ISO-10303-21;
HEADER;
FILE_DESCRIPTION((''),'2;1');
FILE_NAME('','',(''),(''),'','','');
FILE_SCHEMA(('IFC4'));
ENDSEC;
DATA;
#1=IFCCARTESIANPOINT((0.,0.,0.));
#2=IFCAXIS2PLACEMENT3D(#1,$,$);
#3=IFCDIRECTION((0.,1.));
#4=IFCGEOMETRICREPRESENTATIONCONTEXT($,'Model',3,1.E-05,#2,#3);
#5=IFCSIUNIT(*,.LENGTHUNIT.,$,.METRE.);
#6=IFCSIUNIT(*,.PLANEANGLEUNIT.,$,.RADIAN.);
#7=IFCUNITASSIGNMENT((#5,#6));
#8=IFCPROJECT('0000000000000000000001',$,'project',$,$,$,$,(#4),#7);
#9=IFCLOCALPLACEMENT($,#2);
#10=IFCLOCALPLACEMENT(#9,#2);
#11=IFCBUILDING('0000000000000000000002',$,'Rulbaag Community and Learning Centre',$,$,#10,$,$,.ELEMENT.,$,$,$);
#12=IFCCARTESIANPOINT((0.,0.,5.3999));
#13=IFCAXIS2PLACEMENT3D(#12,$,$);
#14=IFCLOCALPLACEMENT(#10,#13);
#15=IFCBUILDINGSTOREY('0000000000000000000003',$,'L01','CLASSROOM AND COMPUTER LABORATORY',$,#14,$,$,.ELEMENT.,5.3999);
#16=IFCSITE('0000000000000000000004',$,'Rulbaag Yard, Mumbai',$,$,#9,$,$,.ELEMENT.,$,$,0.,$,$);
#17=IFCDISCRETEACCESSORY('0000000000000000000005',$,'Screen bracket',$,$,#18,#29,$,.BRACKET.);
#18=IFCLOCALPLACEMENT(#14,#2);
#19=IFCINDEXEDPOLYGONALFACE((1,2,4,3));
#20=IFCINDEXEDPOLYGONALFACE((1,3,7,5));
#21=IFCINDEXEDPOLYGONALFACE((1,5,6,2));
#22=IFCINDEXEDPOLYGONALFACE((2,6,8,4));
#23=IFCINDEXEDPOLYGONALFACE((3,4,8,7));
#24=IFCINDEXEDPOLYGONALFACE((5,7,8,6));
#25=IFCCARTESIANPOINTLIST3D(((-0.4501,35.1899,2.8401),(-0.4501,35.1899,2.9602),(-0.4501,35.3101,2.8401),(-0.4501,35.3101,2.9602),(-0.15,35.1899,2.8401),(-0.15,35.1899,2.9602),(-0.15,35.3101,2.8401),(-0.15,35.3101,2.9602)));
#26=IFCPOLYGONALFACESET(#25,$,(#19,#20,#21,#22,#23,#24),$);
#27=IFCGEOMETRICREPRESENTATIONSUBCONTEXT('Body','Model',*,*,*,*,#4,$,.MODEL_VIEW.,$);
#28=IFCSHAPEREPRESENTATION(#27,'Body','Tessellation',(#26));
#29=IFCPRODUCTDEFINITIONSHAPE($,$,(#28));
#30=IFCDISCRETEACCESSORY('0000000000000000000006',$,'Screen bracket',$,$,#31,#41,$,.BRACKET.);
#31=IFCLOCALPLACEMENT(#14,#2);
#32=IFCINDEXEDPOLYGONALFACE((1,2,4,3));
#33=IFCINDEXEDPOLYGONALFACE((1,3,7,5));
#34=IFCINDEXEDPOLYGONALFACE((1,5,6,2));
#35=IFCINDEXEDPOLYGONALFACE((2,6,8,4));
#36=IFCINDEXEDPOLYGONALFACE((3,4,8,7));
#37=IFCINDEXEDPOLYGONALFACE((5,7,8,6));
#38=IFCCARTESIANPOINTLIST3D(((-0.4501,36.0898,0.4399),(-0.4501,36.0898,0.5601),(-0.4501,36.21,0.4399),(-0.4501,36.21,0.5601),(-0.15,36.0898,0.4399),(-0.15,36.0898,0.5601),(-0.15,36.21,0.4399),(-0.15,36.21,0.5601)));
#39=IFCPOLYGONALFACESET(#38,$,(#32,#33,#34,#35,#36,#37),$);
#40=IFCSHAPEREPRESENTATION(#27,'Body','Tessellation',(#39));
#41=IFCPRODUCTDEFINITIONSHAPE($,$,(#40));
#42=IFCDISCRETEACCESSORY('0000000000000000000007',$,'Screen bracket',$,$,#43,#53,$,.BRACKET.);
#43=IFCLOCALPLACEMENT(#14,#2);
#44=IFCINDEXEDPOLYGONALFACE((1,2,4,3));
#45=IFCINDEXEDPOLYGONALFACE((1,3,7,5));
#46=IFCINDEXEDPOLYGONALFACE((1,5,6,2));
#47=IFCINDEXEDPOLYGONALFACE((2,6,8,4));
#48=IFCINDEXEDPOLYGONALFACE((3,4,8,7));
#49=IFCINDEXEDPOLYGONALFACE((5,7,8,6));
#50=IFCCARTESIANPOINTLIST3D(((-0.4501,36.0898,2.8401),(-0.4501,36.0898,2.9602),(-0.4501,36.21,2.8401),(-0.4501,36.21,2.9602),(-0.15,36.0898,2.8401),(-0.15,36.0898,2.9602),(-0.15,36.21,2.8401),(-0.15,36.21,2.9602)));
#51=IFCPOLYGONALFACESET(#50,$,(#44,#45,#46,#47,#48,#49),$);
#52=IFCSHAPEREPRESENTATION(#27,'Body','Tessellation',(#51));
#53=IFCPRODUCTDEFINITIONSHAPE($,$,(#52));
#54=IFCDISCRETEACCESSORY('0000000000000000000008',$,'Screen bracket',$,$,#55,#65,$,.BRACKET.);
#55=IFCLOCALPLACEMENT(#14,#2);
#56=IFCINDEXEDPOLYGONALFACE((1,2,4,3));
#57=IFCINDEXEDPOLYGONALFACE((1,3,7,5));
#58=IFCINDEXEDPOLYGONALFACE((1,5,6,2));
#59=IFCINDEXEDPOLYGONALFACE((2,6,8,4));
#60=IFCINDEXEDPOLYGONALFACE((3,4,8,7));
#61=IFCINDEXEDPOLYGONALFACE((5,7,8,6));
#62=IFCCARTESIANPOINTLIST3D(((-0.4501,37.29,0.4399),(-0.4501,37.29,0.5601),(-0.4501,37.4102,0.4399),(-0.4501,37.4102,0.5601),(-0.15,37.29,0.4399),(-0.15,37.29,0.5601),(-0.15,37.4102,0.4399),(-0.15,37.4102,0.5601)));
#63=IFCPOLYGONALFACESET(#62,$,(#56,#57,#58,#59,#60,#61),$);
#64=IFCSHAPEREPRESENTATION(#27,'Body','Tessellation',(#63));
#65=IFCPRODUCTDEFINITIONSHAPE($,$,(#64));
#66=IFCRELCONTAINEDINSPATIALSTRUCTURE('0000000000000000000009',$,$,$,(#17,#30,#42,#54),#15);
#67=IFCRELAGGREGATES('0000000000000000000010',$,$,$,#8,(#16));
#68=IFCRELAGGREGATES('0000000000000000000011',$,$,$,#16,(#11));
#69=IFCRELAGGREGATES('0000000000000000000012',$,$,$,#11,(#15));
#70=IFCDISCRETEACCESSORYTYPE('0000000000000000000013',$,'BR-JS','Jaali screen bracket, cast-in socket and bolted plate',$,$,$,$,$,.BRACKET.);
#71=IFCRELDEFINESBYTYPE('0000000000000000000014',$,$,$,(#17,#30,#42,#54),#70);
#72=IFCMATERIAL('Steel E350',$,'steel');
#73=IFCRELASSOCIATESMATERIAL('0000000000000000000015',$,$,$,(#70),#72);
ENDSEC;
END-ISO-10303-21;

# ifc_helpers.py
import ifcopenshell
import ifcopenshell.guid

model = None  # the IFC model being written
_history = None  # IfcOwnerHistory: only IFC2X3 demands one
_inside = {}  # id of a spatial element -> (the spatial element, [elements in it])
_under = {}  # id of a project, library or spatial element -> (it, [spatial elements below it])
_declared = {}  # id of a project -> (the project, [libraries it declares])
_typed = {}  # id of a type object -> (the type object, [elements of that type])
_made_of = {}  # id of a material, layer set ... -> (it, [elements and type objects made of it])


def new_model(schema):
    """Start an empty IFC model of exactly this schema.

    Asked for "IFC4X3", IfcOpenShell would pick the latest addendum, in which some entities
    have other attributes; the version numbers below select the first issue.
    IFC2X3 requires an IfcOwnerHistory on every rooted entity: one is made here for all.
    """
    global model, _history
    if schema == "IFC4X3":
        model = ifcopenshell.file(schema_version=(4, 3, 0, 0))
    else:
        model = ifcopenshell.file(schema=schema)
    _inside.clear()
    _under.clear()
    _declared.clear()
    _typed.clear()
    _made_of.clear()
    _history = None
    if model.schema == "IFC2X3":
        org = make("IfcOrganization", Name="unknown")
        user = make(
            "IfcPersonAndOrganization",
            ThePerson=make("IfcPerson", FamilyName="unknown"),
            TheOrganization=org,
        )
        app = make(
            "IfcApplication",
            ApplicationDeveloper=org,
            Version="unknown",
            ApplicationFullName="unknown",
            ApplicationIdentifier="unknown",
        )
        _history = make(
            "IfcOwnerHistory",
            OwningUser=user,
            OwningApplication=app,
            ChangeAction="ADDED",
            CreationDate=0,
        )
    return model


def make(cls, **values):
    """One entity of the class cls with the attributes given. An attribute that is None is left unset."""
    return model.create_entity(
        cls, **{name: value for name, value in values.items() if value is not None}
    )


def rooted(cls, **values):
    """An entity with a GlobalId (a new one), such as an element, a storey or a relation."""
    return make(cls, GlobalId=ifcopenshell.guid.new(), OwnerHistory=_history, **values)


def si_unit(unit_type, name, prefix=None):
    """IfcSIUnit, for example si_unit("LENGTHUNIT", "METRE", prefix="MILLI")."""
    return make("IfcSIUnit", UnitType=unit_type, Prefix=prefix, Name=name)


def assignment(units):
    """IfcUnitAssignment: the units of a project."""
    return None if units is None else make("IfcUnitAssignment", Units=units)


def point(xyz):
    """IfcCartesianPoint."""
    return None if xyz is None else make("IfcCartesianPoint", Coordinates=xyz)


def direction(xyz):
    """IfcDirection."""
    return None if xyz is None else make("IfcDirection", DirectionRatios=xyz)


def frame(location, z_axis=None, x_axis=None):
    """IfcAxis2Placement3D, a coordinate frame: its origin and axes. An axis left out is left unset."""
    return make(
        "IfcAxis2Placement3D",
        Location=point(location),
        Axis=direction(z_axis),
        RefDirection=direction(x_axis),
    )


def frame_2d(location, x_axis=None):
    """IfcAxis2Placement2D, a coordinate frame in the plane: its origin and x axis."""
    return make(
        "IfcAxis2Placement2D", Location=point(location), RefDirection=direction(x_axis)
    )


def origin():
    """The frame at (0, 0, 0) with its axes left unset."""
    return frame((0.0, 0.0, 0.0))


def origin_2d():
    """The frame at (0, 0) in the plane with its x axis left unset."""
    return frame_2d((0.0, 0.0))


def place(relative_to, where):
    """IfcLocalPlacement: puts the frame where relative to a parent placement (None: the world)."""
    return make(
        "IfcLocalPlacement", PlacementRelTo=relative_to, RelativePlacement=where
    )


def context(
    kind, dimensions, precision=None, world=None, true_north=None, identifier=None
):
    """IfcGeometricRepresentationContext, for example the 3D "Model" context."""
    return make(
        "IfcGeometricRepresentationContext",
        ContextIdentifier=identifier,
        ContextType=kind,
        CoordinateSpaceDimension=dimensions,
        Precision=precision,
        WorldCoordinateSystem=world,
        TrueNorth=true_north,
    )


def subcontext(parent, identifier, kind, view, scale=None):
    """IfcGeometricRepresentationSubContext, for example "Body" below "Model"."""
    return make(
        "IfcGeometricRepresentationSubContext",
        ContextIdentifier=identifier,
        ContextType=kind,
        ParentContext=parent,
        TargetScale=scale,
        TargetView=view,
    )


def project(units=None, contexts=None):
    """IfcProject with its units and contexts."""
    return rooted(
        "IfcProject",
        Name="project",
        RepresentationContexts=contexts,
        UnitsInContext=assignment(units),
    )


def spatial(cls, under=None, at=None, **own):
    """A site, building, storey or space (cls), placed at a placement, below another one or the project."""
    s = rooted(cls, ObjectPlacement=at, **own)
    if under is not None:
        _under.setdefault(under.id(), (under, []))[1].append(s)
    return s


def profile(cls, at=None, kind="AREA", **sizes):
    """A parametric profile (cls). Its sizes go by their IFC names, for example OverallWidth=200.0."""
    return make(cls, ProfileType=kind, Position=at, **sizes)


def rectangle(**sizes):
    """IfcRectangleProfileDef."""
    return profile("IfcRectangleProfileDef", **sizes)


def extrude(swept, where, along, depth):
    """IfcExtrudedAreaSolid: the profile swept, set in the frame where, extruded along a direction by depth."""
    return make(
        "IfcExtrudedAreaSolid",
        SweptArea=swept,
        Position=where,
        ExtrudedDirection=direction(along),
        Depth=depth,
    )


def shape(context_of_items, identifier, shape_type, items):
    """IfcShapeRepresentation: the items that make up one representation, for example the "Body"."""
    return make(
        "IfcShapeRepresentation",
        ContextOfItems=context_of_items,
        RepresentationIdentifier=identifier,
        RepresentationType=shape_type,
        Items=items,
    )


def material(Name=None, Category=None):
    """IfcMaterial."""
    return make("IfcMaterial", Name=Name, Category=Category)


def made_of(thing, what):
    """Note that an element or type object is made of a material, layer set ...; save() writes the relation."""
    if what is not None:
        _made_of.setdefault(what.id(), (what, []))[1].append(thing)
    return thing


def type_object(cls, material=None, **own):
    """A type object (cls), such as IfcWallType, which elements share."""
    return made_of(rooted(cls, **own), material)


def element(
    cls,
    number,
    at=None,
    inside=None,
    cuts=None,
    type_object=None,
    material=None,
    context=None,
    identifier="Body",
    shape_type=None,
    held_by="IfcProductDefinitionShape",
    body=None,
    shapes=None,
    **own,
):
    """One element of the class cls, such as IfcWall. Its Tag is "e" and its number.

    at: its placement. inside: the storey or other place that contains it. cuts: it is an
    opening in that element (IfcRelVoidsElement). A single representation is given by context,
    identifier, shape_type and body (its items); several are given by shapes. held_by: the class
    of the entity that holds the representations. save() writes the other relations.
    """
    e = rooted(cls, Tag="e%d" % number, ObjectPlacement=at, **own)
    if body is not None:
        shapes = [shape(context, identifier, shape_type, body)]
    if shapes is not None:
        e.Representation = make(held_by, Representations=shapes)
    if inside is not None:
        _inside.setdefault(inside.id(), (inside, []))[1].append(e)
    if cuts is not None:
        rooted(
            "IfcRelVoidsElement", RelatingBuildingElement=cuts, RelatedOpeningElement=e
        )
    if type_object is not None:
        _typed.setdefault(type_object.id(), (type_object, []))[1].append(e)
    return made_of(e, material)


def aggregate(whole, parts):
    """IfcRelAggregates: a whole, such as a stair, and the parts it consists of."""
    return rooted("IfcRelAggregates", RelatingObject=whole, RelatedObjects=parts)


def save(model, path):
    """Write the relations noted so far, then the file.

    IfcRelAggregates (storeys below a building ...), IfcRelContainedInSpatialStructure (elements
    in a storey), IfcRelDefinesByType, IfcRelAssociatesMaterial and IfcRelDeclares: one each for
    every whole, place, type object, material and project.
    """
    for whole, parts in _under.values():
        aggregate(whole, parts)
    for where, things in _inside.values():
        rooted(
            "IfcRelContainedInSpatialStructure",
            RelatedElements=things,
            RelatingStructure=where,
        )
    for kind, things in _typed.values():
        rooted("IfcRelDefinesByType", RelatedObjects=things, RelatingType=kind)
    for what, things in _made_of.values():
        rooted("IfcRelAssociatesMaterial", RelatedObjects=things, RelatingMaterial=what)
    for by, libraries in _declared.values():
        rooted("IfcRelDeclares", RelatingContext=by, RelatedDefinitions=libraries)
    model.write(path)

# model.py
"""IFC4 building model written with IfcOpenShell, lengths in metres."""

from ifc_helpers import new_model, si_unit, direction, frame, origin, origin_2d, place, context, subcontext, project, spatial, rectangle, extrude, material, type_object, element, save


model = new_model("IFC4")

# Units and contexts
model_context = context("Model", 3, precision=1e-05, world=origin(), true_north=direction((0.0, 1.0)))
body_context = subcontext(model_context, "Body", "Model", "MODEL_VIEW")
ifc_project = project(units=[si_unit("LENGTHUNIT", "METRE"), si_unit("PLANEANGLEUNIT", "RADIAN")], contexts=[model_context])

# Site, building, storey
site_placement = place(None, origin())
site = spatial("IfcSite", under=ifc_project, at=site_placement, Name="Rulbaag Yard, Mumbai", CompositionType="ELEMENT", RefElevation=0.0)
building_placement = place(site_placement, origin())
building = spatial("IfcBuilding", under=site, at=building_placement, Name="Rulbaag Community and Learning Centre", CompositionType="ELEMENT")
storey_placement = place(building_placement, frame((0.0, 0.0, 5.3999)))
storey = spatial("IfcBuildingStorey", under=building, at=storey_placement, Name="L01", Description="CLASSROOM AND COMPUTER LABORATORY", CompositionType="ELEMENT", Elevation=5.3999)

# Discrete accessories
ifc_material_1 = material(Name="Steel E350", Category="steel")
discrete_accessory_type = type_object("IfcDiscreteAccessoryType", Name="BR-JS", Description="Jaali screen bracket, cast-in socket and bolted plate", PredefinedType="BRACKET", material=ifc_material_1)
for number, where, z_axis, x_axis, name in (
    (1, (-0.3, 35.25, 2.8401), (0.0, 0.0, 1.0), (1.0, 0.0, 0.0), "Screen bracket"),
    (2, (-0.3, 36.1499, 0.4399), (0.0, 0.0, 1.0), (1.0, 0.0, 0.0), "Screen bracket"),
    (3, (-0.3, 36.1499, 2.8401), (0.0, 0.0, 1.0), (1.0, 0.0, 0.0), "Screen bracket"),
    (4, (-0.3, 37.3501, 0.4399), (0.0, 0.0, 1.0), (1.0, 0.0, 0.0), "Screen bracket"),
):
    element("IfcDiscreteAccessory", number, at=place(storey_placement, frame(where, z_axis=z_axis, x_axis=x_axis)), inside=storey, type_object=discrete_accessory_type, Name=name, PredefinedType="BRACKET", context=body_context, shape_type="SweptSolid", body=[
        extrude(rectangle(XDim=0.3, YDim=0.1201, at=origin_2d()), origin(), (0.0, 0.0, 1.0), 0.1201),
    ])

save(model, "model.ifc")
